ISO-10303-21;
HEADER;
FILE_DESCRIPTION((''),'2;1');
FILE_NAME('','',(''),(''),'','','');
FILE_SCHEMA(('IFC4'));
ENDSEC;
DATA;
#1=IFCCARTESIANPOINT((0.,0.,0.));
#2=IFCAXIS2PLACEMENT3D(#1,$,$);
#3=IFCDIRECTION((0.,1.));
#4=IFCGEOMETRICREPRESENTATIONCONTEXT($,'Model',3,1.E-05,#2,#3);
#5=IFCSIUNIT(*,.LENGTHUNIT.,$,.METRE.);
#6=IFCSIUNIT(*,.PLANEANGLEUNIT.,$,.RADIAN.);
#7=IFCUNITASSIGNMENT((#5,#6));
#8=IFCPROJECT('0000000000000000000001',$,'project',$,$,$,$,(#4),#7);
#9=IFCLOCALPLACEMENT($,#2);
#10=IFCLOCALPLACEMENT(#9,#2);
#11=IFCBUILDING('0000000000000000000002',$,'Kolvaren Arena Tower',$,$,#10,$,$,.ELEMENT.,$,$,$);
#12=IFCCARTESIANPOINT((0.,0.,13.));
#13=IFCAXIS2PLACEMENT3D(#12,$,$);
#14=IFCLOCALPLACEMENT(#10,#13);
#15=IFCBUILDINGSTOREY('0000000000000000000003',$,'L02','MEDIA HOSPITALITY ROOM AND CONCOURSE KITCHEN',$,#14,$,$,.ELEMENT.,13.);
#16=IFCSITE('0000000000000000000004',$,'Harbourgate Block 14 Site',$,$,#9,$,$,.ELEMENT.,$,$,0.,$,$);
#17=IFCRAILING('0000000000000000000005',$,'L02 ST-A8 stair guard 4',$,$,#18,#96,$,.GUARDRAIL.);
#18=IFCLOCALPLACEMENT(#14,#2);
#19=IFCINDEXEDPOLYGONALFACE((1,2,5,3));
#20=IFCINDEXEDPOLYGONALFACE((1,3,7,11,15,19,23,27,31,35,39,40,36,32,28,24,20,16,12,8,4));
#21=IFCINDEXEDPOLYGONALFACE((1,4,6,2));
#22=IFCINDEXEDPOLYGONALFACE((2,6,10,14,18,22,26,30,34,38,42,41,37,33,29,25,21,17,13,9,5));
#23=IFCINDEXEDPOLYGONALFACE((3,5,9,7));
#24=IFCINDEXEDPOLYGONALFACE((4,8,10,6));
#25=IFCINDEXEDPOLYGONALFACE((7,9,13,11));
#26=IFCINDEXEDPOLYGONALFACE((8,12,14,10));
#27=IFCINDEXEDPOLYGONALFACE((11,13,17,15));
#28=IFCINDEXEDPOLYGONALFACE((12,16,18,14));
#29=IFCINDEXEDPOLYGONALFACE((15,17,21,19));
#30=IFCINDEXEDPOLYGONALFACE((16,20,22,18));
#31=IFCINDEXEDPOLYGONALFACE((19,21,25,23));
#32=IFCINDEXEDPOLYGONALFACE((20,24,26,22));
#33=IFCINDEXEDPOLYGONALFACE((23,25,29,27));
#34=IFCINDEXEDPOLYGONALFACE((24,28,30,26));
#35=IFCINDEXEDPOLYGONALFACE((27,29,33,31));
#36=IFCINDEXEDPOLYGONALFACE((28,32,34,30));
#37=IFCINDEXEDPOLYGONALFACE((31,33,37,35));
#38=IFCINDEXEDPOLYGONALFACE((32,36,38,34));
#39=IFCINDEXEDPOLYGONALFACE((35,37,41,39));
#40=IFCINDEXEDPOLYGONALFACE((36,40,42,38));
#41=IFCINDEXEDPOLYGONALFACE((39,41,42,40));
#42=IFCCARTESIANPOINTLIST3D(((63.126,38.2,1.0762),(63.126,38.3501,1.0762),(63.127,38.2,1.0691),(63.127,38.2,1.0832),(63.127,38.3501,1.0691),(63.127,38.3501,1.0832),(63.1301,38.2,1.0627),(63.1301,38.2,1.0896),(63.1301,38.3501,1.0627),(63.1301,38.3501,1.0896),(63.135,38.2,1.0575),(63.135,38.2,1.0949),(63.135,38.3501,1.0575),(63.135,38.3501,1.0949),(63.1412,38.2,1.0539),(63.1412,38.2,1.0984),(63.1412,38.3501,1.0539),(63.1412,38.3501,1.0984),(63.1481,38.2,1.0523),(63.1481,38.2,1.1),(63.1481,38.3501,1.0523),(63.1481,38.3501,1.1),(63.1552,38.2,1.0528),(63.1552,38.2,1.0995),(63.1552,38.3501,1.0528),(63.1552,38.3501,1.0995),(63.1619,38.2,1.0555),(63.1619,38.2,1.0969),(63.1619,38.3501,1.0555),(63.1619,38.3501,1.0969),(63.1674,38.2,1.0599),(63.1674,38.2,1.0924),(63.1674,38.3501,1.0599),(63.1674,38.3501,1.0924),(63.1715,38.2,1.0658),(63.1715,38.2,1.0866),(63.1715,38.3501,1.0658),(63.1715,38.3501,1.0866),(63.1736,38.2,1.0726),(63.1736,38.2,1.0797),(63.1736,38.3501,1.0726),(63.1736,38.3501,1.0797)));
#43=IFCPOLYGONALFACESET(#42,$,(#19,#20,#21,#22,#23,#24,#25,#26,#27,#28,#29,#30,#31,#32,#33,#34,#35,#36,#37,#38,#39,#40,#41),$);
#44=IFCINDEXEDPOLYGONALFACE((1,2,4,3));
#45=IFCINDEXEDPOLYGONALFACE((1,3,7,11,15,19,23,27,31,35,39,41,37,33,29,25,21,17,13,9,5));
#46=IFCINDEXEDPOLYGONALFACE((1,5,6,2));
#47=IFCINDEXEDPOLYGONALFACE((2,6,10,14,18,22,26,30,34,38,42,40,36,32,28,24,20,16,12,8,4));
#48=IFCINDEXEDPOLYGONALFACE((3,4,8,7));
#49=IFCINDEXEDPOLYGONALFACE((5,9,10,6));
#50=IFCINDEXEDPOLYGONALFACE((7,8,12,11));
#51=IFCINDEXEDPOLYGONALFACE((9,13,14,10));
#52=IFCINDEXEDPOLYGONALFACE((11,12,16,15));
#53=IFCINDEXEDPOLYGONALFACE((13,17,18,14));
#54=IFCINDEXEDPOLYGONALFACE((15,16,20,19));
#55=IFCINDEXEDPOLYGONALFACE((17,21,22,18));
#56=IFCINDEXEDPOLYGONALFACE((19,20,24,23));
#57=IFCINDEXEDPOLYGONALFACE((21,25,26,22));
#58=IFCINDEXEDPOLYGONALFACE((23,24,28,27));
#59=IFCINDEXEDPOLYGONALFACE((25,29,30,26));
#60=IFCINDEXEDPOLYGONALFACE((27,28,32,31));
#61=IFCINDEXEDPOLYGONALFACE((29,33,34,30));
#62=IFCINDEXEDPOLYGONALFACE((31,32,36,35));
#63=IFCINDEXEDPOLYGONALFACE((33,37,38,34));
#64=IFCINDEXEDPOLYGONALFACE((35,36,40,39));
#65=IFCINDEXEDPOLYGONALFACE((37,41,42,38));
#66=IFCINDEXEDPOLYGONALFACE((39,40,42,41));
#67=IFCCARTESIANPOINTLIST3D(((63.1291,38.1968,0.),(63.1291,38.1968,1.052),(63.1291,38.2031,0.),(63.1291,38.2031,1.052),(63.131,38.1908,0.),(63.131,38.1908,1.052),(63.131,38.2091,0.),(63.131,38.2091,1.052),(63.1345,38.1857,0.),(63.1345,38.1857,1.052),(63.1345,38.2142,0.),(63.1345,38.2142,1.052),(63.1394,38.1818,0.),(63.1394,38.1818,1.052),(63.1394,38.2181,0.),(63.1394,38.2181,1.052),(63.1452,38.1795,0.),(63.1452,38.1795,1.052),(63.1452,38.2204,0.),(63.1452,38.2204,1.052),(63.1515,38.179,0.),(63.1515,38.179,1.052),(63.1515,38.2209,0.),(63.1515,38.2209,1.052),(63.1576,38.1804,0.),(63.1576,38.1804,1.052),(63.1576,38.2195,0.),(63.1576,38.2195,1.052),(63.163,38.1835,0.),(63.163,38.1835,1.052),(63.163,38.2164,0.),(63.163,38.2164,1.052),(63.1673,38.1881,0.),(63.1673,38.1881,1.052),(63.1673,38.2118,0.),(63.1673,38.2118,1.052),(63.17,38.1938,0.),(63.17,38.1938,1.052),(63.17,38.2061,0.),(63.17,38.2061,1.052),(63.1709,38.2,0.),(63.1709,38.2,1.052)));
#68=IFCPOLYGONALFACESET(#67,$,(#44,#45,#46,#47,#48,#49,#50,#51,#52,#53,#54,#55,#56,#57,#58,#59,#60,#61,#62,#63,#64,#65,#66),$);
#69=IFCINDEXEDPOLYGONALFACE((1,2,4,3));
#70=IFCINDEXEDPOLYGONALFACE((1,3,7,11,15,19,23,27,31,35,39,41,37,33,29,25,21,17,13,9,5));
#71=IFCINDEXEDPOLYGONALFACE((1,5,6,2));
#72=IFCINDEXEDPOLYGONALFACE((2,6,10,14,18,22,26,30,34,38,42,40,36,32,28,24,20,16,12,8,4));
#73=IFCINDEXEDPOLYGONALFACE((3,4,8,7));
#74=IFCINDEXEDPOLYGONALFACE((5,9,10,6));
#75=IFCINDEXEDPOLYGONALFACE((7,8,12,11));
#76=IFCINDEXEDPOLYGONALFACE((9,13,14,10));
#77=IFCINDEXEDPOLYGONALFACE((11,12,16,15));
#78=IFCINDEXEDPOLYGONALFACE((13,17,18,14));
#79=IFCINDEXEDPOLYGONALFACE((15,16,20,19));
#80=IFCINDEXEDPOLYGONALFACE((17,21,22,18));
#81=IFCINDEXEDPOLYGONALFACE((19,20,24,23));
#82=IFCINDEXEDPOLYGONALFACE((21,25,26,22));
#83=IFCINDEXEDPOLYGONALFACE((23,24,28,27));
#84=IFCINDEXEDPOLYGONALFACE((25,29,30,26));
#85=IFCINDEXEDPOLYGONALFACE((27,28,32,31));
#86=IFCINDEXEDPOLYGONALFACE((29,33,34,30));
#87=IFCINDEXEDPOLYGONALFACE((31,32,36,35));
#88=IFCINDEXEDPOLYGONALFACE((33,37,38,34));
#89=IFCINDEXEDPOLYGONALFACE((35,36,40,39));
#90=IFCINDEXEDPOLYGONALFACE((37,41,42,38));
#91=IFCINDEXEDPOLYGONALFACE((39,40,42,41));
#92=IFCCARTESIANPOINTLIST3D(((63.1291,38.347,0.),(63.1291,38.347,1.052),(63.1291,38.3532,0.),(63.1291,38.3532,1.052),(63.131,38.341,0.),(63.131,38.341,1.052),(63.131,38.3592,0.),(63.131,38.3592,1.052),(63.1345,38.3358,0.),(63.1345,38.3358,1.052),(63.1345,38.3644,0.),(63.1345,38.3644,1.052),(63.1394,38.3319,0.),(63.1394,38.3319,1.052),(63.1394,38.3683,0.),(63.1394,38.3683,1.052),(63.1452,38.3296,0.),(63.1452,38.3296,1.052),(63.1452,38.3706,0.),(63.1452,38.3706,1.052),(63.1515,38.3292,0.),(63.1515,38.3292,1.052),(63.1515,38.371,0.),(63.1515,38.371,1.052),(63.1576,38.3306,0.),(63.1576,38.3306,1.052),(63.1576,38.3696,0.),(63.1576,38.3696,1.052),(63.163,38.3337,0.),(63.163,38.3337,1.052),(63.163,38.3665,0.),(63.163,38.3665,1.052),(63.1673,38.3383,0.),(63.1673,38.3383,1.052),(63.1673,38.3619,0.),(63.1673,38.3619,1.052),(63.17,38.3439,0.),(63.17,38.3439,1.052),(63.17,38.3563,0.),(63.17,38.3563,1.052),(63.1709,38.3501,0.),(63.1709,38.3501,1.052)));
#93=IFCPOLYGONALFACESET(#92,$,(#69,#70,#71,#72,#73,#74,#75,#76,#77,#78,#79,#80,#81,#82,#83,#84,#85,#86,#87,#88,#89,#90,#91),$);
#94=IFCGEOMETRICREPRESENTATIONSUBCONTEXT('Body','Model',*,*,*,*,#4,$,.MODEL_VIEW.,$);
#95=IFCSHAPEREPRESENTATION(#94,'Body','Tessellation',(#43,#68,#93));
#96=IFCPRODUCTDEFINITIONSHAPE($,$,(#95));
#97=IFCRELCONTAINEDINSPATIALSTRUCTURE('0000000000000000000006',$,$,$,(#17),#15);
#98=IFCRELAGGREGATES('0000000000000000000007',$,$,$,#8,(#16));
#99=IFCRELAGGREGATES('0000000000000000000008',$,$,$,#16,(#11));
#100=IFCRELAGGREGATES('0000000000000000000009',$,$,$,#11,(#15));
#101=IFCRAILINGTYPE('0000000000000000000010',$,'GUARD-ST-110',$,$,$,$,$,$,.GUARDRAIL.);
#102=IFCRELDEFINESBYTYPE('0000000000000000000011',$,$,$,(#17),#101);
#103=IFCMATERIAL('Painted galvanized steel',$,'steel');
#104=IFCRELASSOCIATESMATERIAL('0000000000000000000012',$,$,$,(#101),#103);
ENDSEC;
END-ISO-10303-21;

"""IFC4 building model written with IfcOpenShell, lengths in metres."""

from ifc_helpers import new_model, si_unit, direction, frame, origin, origin_2d, place, context, subcontext, project, spatial, circle, extrude, material, type_object, element, save


model = new_model("IFC4")

# Units and contexts
model_context = context("Model", 3, precision=1e-05, world=origin(), true_north=direction((0.0, 1.0)))
body_context = subcontext(model_context, "Body", "Model", "MODEL_VIEW")
ifc_project = project(units=[si_unit("LENGTHUNIT", "METRE"), si_unit("PLANEANGLEUNIT", "RADIAN")], contexts=[model_context])

# Site, building, storey
site_placement = place(None, origin())
site = spatial("IfcSite", under=ifc_project, at=site_placement, Name="Harbourgate Block 14 Site", CompositionType="ELEMENT", RefElevation=0.0)
building_placement = place(site_placement, origin())
building = spatial("IfcBuilding", under=site, at=building_placement, Name="Kolvaren Arena Tower", CompositionType="ELEMENT")
storey_placement = place(building_placement, frame((0.0, 0.0, 13.0)))
storey = spatial("IfcBuildingStorey", under=building, at=storey_placement, Name="L02", Description="MEDIA HOSPITALITY ROOM AND CONCOURSE KITCHEN", CompositionType="ELEMENT", Elevation=13.0)

# Railing
ifc_material_1 = material(Name="Painted galvanized steel", Category="steel")
railing_type_1 = type_object("IfcRailingType", Name="GUARD-ST-110", PredefinedType="GUARDRAIL", material=ifc_material_1)
railing_1_placement = place(storey_placement, frame((63.1499, 38.2, 0.0)))
element("IfcRailing", 1, at=railing_1_placement, inside=storey, type_object=railing_type_1, Name="L02 ST-A8 stair guard 4", PredefinedType="GUARDRAIL", context=body_context, shape_type="SweptSolid", body=[
    extrude(circle(Radius=0.0239, at=origin_2d()), frame((0.0, 0.0, 1.0762), z_axis=(0.0, 1.0, 0.0), x_axis=(-1.0, 0.0, 0.0)), (0.0, 0.0, 1.0), 0.1501),
    extrude(circle(Radius=0.021, at=origin_2d()), origin(), (0.0, 0.0, 1.0), 1.052),
    extrude(circle(Radius=0.021, at=origin_2d()), frame((0.0, 0.1501, 0.0)), (0.0, 0.0, 1.0), 1.052),
])

save(model, "model.ifc")
